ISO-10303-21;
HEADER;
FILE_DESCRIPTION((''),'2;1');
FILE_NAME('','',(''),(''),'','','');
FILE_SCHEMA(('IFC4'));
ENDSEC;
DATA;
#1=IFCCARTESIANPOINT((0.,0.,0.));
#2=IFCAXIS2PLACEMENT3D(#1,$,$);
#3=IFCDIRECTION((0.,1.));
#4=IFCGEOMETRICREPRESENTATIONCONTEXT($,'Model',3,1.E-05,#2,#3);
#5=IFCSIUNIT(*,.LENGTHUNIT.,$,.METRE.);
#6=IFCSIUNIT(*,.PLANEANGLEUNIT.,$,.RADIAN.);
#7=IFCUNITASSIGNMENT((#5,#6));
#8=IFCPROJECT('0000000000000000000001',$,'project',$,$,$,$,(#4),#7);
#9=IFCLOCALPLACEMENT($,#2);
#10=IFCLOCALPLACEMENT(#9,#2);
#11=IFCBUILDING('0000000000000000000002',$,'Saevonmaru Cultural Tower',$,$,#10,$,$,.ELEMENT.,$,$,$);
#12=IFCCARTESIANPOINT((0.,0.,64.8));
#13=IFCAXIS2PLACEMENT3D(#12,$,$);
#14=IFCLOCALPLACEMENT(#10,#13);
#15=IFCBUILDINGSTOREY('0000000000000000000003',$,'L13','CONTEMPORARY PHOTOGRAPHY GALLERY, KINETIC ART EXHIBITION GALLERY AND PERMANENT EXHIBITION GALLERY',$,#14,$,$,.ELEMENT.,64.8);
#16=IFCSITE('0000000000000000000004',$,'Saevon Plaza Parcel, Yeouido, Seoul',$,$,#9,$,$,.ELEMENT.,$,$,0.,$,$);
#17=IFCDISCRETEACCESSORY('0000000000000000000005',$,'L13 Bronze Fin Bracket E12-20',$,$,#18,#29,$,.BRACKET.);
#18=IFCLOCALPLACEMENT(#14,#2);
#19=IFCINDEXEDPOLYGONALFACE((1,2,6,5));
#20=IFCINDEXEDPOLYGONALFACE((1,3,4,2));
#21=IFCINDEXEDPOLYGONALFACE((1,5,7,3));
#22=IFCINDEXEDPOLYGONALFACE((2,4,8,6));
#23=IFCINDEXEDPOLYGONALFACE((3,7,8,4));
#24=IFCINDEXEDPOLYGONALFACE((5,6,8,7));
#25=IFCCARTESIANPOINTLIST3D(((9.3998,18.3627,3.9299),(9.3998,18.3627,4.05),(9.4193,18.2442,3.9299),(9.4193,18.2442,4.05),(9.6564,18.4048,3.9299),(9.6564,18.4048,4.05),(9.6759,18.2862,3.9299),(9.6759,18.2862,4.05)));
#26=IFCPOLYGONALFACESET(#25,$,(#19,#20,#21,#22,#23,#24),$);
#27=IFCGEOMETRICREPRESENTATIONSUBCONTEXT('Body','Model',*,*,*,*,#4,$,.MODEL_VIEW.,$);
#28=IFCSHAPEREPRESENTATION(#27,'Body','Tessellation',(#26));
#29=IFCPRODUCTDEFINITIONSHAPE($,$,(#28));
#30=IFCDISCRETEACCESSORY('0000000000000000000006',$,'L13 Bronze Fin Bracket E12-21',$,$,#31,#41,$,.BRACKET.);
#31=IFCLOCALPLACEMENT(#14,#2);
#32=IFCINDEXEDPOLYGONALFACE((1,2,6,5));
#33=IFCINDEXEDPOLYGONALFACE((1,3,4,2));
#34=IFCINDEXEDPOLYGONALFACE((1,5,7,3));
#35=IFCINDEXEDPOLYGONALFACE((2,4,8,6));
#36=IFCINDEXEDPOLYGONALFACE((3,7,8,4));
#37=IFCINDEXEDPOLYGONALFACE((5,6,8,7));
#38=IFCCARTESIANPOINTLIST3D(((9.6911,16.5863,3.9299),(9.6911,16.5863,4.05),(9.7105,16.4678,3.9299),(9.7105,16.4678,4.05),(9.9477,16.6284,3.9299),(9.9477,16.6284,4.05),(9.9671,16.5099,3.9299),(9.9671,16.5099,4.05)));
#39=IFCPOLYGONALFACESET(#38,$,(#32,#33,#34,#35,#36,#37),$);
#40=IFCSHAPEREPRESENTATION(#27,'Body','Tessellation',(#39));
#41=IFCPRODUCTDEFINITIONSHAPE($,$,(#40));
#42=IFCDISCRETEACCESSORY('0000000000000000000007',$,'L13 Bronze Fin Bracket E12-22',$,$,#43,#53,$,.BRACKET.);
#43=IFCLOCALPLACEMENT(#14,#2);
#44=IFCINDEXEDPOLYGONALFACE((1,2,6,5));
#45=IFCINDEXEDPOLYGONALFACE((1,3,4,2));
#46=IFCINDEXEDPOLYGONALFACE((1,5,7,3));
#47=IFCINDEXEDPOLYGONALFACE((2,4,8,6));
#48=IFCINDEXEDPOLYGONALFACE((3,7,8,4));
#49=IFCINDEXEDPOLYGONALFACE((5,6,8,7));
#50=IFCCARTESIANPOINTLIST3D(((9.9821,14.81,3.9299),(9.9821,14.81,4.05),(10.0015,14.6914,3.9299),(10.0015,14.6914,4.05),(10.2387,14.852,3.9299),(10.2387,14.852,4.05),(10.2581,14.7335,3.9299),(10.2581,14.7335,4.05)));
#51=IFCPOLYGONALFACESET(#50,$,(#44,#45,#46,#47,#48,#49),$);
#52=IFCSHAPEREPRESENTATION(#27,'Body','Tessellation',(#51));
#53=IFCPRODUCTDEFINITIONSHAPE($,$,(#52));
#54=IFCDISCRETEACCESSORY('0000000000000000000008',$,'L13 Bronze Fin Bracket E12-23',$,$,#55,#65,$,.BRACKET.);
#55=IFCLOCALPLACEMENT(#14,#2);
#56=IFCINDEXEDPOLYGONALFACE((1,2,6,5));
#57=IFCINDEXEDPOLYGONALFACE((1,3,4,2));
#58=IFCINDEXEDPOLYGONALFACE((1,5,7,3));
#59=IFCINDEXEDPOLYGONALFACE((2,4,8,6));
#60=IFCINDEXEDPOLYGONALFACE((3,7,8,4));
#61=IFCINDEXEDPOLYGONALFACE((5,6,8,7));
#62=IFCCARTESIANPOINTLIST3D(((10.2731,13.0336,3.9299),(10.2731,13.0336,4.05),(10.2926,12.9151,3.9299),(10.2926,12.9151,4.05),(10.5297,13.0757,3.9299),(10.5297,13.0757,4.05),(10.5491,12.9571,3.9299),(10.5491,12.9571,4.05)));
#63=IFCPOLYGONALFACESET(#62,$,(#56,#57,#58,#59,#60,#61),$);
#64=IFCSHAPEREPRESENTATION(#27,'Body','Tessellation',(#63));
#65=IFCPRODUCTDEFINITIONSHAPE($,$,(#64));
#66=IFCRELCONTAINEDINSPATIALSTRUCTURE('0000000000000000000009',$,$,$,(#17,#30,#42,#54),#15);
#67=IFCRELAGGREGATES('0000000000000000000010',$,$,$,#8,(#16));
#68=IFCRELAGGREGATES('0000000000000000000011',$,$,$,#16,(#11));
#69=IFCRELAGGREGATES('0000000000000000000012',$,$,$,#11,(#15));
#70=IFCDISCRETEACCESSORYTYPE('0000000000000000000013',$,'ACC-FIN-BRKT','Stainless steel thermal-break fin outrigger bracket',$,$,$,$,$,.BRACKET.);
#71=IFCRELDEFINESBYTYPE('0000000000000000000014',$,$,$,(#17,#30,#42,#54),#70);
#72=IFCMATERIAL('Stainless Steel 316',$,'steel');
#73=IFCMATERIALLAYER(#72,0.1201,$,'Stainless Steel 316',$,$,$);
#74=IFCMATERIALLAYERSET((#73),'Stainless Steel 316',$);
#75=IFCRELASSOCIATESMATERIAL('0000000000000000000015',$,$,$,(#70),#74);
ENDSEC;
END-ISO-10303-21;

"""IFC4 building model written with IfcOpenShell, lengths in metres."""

from ifc_helpers import new_model, si_unit, direction, frame, origin, origin_2d, place, context, subcontext, project, spatial, rectangle, extrude, material, layer, layer_set, type_object, element, save


model = new_model("IFC4")

# Units and contexts
model_context = context("Model", 3, precision=1e-05, world=origin(), true_north=direction((0.0, 1.0)))
body_context = subcontext(model_context, "Body", "Model", "MODEL_VIEW")
ifc_project = project(units=[si_unit("LENGTHUNIT", "METRE"), si_unit("PLANEANGLEUNIT", "RADIAN")], contexts=[model_context])

# Site, building, storey
site_placement = place(None, origin())
site = spatial("IfcSite", under=ifc_project, at=site_placement, Name="Saevon Plaza Parcel, Yeouido, Seoul", CompositionType="ELEMENT", RefElevation=0.0)
building_placement = place(site_placement, origin())
building = spatial("IfcBuilding", under=site, at=building_placement, Name="Saevonmaru Cultural Tower", CompositionType="ELEMENT")
storey_placement = place(building_placement, frame((0.0, 0.0, 64.8)))
storey = spatial("IfcBuildingStorey", under=building, at=storey_placement, Name="L13", Description="CONTEMPORARY PHOTOGRAPHY GALLERY, KINETIC ART EXHIBITION GALLERY AND PERMANENT EXHIBITION GALLERY", CompositionType="ELEMENT", Elevation=64.8)

# Discrete accessories
ifc_material_1 = material(Name="Stainless Steel 316", Category="steel")
ifc_layer_1 = layer(ifc_material_1, 0.1201, Name="Stainless Steel 316")
ifc_layer_set_1 = layer_set([ifc_layer_1], Name="Stainless Steel 316")
discrete_accessory_type = type_object("IfcDiscreteAccessoryType", Name="ACC-FIN-BRKT", Description="Stainless steel thermal-break fin outrigger bracket", PredefinedType="BRACKET", material=ifc_layer_set_1)
for number, where, z_axis, x_axis, name in (
    (1, (9.5378, 18.3245, 3.9299), (0.0, 0.0, 1.0), (-0.986827, -0.161776, 0.0), "L13 Bronze Fin Bracket E12-20"),
    (2, (9.8291, 16.5481, 3.9299), (0.0, 0.0, 1.0), (-0.986827, -0.161776, 0.0), "L13 Bronze Fin Bracket E12-21"),
    (3, (10.1201, 14.7717, 3.9299), (0.0, 0.0, 1.0), (-0.986827, -0.161776, 0.0), "L13 Bronze Fin Bracket E12-22"),
    (4, (10.4111, 12.9954, 3.9299), (0.0, 0.0, 1.0), (-0.986827, -0.161776, 0.0), "L13 Bronze Fin Bracket E12-23"),
):
    element("IfcDiscreteAccessory", number, at=place(storey_placement, frame(where, z_axis=z_axis, x_axis=x_axis)), inside=storey, type_object=discrete_accessory_type, Name=name, PredefinedType="BRACKET", context=body_context, shape_type="SweptSolid", body=[
        extrude(rectangle(XDim=0.26, YDim=0.1201, at=origin_2d()), origin(), (0.0, 0.0, 1.0), 0.1201),
    ])

save(model, "model.ifc")
